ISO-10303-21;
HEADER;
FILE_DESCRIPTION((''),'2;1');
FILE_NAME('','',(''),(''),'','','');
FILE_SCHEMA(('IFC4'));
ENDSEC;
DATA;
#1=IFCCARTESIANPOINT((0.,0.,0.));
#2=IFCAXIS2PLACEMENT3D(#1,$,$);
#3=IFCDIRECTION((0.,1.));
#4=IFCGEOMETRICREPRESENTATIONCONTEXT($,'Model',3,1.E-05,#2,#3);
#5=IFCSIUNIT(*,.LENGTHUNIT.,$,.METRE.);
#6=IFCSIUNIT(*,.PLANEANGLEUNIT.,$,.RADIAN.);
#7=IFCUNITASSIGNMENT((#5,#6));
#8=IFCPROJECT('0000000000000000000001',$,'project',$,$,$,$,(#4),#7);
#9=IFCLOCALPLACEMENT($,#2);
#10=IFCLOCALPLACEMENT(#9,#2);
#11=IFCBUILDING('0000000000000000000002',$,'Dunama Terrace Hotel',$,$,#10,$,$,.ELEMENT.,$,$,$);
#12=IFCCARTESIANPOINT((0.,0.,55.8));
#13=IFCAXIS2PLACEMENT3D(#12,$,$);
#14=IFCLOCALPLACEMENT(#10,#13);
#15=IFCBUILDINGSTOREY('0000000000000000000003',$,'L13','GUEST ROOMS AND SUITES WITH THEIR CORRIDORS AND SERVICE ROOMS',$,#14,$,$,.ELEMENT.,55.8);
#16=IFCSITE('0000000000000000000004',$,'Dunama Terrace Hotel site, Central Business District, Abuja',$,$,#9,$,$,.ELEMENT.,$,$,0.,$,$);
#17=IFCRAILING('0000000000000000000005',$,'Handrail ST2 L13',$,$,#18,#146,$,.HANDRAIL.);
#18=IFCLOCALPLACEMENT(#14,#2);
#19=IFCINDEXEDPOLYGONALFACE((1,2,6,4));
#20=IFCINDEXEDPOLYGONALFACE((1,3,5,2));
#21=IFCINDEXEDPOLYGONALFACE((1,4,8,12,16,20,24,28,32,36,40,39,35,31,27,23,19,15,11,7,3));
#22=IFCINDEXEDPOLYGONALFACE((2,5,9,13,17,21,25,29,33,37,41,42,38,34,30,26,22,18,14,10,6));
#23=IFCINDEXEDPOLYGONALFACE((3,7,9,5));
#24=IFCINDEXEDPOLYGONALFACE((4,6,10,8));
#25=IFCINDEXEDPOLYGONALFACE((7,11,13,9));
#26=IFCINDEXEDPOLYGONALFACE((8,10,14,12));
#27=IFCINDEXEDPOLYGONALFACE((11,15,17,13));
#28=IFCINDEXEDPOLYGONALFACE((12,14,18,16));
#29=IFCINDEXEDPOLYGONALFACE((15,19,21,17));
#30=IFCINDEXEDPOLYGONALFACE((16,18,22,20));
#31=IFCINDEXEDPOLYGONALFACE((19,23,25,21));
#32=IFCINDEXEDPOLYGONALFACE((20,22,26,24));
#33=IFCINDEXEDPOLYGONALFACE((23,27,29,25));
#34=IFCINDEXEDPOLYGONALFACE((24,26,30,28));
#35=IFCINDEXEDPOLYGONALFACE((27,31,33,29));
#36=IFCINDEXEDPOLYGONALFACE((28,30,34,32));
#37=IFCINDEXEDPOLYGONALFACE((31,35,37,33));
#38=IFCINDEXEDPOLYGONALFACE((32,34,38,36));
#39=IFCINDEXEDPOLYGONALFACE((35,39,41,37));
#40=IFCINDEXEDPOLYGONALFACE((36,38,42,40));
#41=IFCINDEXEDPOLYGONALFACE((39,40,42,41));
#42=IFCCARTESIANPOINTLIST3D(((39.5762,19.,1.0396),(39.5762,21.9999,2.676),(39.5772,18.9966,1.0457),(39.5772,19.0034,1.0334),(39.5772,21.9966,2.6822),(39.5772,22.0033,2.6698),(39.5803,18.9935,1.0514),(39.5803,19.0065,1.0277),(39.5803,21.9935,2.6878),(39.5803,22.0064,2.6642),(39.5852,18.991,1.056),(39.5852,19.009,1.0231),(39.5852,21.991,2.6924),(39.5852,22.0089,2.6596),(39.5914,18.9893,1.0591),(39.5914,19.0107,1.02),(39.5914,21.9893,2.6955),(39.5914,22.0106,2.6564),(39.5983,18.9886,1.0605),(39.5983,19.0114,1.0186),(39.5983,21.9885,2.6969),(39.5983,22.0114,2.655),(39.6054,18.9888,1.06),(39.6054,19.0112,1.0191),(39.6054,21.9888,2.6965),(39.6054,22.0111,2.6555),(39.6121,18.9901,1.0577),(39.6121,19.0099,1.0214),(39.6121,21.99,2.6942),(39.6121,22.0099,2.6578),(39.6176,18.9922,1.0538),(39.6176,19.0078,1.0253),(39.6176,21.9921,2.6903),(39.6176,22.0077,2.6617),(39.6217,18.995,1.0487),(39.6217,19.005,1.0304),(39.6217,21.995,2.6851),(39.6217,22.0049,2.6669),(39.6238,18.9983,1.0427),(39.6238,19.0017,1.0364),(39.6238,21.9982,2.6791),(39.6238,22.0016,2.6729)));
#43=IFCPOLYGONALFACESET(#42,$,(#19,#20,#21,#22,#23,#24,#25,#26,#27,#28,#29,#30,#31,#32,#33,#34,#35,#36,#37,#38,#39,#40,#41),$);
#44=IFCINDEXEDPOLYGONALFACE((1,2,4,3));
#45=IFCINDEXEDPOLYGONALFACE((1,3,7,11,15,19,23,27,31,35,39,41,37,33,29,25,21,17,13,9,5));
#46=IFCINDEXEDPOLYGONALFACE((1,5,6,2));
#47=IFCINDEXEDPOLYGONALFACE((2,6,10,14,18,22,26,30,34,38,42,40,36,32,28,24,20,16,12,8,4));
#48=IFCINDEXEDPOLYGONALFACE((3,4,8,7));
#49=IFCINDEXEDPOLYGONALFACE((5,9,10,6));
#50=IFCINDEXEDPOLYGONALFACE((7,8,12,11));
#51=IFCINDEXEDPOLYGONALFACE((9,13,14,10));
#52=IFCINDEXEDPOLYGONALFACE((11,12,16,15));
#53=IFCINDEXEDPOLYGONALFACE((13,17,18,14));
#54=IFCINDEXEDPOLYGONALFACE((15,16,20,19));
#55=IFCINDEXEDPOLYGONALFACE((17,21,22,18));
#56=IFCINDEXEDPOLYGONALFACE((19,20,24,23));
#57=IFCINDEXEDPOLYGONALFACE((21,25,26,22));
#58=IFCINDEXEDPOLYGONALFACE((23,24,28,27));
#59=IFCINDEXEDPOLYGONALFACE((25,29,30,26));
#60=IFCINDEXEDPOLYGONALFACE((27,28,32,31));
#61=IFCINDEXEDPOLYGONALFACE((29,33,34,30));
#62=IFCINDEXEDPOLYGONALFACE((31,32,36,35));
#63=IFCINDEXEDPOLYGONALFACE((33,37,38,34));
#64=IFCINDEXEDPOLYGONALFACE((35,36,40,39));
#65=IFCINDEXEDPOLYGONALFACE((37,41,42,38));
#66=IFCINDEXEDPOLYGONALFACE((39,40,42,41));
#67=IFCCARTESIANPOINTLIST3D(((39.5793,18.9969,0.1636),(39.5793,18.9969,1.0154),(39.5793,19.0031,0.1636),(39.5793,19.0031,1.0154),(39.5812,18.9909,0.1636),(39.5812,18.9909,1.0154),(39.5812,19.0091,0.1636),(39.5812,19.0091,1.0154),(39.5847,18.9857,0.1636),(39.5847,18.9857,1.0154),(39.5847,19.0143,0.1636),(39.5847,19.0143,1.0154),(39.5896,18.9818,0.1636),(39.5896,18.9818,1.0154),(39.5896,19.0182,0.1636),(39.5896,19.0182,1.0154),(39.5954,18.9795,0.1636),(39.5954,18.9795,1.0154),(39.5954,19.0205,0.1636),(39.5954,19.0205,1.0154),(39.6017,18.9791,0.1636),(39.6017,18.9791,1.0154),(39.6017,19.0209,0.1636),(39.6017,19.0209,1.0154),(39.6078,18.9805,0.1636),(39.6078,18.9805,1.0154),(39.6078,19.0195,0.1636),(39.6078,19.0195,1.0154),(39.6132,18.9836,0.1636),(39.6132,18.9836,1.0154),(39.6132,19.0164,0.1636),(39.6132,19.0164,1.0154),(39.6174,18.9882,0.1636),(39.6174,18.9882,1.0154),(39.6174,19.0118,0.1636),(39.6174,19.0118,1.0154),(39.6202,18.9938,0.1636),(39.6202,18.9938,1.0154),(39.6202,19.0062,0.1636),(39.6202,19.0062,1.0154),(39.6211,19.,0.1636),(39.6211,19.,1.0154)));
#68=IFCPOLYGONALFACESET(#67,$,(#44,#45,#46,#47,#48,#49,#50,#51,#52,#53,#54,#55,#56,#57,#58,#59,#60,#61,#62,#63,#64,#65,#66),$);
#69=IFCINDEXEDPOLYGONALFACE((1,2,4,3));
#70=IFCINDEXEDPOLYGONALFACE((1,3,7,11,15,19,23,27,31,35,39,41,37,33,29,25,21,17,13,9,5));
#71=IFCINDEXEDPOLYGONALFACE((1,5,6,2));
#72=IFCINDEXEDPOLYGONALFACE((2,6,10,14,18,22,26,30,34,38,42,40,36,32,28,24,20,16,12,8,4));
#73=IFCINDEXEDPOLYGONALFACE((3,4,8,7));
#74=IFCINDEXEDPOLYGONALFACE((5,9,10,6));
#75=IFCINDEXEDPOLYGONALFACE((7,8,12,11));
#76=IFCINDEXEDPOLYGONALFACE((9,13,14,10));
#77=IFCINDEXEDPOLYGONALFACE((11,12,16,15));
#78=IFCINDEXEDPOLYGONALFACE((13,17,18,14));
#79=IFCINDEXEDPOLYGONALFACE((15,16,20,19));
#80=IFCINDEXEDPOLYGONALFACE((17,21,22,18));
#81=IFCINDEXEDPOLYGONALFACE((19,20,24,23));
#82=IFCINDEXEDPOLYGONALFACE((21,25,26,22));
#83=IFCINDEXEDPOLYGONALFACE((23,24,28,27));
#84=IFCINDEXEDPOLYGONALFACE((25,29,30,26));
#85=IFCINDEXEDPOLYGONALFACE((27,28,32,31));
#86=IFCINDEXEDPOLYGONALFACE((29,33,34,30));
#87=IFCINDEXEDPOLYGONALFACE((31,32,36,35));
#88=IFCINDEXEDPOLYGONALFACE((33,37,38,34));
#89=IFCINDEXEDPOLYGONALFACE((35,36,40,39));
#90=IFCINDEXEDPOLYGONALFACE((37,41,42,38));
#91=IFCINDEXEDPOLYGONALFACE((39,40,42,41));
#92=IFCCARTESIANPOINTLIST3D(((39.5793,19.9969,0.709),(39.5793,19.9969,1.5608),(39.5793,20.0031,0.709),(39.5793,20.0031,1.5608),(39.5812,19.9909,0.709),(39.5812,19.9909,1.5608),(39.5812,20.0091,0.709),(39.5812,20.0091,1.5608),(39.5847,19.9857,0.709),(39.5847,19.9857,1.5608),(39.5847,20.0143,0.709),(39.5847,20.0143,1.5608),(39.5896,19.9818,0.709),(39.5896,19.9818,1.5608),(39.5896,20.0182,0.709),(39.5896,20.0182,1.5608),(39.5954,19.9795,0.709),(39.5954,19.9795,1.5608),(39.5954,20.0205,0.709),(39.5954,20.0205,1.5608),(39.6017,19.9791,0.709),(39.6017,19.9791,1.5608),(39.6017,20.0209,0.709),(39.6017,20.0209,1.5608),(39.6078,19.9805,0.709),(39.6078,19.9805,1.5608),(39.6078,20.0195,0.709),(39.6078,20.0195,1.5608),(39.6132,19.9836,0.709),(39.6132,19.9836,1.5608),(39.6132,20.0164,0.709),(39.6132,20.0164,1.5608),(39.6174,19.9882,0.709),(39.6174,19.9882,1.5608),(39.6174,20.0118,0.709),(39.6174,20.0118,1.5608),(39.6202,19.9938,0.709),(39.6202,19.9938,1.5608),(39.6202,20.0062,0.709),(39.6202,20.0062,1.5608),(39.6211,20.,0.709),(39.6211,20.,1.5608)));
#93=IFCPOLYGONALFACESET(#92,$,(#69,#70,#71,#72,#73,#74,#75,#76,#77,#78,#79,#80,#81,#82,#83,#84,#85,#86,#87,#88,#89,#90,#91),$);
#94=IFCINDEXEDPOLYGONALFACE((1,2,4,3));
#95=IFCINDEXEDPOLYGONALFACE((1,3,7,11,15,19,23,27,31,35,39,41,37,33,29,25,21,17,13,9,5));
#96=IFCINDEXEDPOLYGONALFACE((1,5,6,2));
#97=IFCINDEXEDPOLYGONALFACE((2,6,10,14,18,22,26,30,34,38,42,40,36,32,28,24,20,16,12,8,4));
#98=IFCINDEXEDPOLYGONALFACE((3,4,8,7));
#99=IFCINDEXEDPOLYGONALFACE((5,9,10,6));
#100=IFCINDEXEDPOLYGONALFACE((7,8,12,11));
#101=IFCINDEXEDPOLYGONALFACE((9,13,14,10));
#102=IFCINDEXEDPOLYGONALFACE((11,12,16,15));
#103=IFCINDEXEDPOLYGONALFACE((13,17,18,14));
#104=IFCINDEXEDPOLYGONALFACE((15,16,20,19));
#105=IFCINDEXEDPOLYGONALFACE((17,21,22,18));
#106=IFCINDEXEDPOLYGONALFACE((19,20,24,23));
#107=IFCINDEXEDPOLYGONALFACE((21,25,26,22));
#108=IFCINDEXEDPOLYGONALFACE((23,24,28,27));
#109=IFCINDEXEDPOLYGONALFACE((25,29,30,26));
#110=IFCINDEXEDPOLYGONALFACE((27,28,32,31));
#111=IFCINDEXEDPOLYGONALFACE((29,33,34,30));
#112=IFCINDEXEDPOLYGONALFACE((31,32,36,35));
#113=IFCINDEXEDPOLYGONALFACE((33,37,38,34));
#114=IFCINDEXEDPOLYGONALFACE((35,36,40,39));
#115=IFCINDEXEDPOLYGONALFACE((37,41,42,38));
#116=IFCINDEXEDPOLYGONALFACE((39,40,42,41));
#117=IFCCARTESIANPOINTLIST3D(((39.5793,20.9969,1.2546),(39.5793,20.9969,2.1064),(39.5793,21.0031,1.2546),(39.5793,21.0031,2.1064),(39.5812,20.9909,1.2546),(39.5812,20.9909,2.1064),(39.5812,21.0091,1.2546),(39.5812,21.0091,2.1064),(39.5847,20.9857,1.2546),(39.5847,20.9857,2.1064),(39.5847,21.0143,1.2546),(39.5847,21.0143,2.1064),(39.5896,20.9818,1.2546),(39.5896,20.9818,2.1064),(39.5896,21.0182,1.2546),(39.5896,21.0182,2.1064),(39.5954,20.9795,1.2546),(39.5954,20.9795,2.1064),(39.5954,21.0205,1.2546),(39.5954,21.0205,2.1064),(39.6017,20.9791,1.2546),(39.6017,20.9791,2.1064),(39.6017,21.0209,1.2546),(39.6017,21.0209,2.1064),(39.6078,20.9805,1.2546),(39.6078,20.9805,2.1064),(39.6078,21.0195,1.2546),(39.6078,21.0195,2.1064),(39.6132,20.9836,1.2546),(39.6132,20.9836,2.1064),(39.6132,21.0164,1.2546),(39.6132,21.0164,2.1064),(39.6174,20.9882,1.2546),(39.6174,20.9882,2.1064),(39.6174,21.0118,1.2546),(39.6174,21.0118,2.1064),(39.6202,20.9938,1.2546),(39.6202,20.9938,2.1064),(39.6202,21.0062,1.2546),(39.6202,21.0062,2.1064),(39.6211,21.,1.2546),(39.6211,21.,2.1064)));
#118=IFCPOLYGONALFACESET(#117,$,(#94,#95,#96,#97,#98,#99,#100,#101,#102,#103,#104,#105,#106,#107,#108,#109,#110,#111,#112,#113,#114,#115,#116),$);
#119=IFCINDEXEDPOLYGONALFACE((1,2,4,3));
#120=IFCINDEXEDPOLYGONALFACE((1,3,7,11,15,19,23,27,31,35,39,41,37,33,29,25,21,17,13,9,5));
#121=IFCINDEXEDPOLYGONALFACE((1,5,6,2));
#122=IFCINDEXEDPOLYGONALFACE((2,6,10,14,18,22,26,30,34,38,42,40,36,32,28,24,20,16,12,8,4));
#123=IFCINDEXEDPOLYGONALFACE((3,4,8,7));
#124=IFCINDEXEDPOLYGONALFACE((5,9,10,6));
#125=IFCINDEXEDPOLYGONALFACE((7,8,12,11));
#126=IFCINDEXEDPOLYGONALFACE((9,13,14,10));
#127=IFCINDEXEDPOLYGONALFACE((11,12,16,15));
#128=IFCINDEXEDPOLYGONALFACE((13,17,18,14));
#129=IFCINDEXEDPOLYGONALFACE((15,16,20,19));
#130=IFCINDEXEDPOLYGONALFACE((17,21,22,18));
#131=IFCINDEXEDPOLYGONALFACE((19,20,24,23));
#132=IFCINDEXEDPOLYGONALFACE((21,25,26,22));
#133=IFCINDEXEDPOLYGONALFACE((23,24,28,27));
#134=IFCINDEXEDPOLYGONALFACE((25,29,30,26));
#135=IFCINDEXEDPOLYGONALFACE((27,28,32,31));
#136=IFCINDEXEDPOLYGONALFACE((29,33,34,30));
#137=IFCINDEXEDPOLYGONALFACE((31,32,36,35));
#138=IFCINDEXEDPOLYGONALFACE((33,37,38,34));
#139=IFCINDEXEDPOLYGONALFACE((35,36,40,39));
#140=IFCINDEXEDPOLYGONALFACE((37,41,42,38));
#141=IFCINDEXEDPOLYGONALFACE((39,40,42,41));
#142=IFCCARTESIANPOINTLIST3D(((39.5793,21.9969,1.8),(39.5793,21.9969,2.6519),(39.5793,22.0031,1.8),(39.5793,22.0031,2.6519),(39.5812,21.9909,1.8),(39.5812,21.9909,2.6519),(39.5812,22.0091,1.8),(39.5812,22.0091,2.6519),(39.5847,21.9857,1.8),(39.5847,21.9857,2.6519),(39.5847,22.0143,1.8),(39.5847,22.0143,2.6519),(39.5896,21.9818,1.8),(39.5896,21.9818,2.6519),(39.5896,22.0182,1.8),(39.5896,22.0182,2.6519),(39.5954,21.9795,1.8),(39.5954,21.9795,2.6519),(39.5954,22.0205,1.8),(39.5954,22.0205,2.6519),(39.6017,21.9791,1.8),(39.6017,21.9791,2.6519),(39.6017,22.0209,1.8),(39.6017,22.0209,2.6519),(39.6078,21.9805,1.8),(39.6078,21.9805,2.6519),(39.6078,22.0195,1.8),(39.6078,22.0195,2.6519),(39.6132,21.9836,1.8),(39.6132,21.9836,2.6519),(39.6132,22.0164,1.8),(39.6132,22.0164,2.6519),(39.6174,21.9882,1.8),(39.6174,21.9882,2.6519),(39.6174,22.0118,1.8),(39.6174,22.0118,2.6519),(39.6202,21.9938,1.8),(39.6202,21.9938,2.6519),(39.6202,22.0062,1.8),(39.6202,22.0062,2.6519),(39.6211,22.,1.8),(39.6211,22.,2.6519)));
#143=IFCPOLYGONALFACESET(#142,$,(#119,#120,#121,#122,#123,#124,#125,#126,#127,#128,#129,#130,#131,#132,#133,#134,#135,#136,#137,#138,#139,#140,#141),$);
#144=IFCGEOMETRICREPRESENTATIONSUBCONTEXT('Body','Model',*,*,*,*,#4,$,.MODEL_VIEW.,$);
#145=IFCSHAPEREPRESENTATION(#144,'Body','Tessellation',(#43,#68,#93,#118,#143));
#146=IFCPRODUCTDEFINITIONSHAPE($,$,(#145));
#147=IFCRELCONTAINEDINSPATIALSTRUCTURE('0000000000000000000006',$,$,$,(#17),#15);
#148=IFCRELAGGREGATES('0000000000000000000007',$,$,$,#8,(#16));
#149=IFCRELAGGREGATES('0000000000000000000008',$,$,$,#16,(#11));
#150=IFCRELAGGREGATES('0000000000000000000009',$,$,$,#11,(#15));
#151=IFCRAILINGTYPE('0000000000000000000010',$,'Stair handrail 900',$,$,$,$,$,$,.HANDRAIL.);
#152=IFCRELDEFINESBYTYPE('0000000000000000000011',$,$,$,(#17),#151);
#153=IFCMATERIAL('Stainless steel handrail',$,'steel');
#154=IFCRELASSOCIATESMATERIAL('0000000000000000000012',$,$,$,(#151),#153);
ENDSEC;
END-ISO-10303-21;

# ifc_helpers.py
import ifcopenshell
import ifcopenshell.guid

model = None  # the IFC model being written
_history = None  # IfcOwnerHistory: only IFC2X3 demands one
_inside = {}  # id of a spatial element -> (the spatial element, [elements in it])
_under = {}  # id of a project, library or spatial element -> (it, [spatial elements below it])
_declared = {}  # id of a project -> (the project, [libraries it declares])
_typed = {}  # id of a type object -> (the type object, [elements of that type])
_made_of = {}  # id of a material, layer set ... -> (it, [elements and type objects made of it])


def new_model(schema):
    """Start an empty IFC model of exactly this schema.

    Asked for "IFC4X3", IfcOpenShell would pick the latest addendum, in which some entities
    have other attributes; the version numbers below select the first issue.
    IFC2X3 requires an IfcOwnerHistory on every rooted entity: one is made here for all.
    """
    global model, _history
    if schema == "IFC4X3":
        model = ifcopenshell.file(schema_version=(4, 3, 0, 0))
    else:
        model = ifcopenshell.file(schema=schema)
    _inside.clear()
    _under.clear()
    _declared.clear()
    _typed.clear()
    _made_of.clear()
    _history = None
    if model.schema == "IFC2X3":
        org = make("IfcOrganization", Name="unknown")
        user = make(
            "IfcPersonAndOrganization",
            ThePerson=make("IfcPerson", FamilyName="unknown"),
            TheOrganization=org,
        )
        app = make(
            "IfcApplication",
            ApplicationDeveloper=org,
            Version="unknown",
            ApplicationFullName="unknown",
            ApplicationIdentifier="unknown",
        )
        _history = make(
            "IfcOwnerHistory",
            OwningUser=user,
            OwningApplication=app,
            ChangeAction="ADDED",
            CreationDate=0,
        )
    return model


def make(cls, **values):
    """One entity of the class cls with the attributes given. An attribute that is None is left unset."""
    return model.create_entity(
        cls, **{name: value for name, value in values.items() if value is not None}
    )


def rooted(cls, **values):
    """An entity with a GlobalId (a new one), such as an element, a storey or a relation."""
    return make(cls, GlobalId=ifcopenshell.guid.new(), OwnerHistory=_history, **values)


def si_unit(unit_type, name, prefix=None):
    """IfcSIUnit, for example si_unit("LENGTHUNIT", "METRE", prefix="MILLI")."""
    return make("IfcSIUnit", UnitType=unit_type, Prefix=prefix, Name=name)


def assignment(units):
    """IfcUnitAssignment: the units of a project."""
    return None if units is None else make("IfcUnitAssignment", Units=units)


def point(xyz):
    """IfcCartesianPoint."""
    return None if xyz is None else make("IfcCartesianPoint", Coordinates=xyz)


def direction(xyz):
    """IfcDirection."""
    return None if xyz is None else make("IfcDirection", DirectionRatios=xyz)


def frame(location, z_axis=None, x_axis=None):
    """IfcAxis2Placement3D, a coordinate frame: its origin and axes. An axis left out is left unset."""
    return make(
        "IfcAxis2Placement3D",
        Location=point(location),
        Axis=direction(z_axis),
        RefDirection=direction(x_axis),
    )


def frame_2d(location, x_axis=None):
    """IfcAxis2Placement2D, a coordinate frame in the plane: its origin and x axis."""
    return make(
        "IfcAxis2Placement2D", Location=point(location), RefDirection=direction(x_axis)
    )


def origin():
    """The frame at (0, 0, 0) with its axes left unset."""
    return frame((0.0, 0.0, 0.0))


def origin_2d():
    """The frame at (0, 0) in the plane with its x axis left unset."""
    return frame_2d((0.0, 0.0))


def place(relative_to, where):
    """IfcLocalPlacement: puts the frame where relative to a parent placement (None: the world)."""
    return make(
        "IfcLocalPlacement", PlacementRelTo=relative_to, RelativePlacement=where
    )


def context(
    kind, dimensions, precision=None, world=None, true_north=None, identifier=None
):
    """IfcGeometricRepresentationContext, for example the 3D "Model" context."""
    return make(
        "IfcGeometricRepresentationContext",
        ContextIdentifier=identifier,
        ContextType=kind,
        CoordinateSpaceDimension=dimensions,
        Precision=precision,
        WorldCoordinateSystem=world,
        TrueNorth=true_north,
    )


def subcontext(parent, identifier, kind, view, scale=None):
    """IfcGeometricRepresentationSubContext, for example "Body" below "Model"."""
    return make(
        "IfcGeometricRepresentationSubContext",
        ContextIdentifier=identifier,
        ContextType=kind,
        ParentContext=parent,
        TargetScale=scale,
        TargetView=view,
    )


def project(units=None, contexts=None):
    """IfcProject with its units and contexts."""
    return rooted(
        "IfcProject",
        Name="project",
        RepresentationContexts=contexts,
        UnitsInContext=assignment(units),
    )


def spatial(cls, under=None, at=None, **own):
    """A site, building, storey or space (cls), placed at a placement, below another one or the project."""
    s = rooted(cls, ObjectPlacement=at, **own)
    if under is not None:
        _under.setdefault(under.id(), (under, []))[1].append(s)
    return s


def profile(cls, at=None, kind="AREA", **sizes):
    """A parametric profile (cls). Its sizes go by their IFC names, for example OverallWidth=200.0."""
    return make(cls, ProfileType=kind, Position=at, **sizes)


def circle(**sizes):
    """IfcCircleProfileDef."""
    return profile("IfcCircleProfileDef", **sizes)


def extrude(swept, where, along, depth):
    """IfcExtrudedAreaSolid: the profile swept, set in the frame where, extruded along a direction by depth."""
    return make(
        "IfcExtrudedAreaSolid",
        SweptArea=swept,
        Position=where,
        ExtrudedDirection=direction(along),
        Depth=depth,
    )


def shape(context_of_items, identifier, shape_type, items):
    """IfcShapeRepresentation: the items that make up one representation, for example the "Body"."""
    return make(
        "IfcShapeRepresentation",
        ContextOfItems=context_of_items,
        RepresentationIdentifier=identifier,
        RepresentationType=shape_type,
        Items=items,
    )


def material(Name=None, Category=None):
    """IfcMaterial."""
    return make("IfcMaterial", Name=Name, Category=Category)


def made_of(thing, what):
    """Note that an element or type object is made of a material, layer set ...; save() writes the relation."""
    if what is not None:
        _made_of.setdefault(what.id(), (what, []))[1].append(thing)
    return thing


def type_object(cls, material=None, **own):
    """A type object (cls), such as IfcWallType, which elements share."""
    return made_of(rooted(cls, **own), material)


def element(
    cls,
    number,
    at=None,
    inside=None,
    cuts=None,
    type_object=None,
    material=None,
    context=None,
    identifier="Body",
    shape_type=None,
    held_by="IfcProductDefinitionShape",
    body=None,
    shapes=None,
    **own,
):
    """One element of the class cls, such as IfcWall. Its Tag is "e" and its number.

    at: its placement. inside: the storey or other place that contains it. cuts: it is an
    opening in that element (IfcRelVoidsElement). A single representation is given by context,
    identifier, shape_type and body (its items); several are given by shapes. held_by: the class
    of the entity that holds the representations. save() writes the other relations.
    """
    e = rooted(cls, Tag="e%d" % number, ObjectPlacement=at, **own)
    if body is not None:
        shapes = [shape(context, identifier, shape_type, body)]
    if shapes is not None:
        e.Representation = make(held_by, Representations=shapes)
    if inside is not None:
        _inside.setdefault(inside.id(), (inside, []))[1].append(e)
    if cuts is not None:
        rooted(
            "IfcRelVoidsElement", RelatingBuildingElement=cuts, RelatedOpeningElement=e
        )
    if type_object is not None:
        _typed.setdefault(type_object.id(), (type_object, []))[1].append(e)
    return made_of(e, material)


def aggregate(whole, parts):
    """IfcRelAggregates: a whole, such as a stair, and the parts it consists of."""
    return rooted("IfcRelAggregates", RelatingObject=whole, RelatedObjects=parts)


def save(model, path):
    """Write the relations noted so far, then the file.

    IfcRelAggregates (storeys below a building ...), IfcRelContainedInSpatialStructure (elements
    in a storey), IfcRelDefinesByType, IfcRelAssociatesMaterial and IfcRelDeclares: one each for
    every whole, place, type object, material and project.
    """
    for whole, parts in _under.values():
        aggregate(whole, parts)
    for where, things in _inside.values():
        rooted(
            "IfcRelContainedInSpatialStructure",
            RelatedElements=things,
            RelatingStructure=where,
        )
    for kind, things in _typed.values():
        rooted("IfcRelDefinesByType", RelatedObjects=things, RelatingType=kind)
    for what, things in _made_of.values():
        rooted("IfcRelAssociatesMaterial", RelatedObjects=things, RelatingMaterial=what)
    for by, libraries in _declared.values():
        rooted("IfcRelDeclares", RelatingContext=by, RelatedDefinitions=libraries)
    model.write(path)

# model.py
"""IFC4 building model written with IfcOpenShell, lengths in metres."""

from ifc_helpers import new_model, si_unit, direction, frame, origin, origin_2d, place, context, subcontext, project, spatial, circle, extrude, material, type_object, element, save


model = new_model("IFC4")

# Units and contexts
model_context = context("Model", 3, precision=1e-05, world=origin(), true_north=direction((0.0, 1.0)))
body_context = subcontext(model_context, "Body", "Model", "MODEL_VIEW")
ifc_project = project(units=[si_unit("LENGTHUNIT", "METRE"), si_unit("PLANEANGLEUNIT", "RADIAN")], contexts=[model_context])

# Site, building, storey
site_placement = place(None, origin())
site = spatial("IfcSite", under=ifc_project, at=site_placement, Name="Dunama Terrace Hotel site, Central Business District, Abuja", CompositionType="ELEMENT", RefElevation=0.0)
building_placement = place(site_placement, origin())
building = spatial("IfcBuilding", under=site, at=building_placement, Name="Dunama Terrace Hotel", CompositionType="ELEMENT")
storey_placement = place(building_placement, frame((0.0, 0.0, 55.8)))
storey = spatial("IfcBuildingStorey", under=building, at=storey_placement, Name="L13", Description="GUEST ROOMS AND SUITES WITH THEIR CORRIDORS AND SERVICE ROOMS", CompositionType="ELEMENT", Elevation=55.8)

# Railing
ifc_material_1 = material(Name="Stainless steel handrail", Category="steel")
railing_type = type_object("IfcRailingType", Name="Stair handrail 900", PredefinedType="HANDRAIL", material=ifc_material_1)
railing_1_placement = place(storey_placement, frame((39.6001, 19.0, 0.1636)))
element("IfcRailing", 1, at=railing_1_placement, inside=storey, type_object=railing_type, Name="Handrail ST2 L13", PredefinedType="HANDRAIL", context=body_context, shape_type="SweptSolid", body=[
    extrude(circle(Radius=0.0239, at=origin_2d()), frame((0.0, 0.0, 0.876), z_axis=(0.0, 0.877882, 0.478877), x_axis=(-1.0, 0.0, 0.0)), (0.0, 0.0, 1.0), 3.4172),
    extrude(circle(Radius=0.021, at=origin_2d()), origin(), (0.0, 0.0, 1.0), 0.8518),
    extrude(circle(Radius=0.021, at=origin_2d()), frame((0.0, 1.0, 0.5454)), (0.0, 0.0, 1.0), 0.8518),
    extrude(circle(Radius=0.021, at=origin_2d()), frame((0.0, 2.0, 1.0911)), (0.0, 0.0, 1.0), 0.8518),
    extrude(circle(Radius=0.021, at=origin_2d()), frame((0.0, 3.0, 1.6365)), (0.0, 0.0, 1.0), 0.8518),
])

save(model, "model.ifc")
